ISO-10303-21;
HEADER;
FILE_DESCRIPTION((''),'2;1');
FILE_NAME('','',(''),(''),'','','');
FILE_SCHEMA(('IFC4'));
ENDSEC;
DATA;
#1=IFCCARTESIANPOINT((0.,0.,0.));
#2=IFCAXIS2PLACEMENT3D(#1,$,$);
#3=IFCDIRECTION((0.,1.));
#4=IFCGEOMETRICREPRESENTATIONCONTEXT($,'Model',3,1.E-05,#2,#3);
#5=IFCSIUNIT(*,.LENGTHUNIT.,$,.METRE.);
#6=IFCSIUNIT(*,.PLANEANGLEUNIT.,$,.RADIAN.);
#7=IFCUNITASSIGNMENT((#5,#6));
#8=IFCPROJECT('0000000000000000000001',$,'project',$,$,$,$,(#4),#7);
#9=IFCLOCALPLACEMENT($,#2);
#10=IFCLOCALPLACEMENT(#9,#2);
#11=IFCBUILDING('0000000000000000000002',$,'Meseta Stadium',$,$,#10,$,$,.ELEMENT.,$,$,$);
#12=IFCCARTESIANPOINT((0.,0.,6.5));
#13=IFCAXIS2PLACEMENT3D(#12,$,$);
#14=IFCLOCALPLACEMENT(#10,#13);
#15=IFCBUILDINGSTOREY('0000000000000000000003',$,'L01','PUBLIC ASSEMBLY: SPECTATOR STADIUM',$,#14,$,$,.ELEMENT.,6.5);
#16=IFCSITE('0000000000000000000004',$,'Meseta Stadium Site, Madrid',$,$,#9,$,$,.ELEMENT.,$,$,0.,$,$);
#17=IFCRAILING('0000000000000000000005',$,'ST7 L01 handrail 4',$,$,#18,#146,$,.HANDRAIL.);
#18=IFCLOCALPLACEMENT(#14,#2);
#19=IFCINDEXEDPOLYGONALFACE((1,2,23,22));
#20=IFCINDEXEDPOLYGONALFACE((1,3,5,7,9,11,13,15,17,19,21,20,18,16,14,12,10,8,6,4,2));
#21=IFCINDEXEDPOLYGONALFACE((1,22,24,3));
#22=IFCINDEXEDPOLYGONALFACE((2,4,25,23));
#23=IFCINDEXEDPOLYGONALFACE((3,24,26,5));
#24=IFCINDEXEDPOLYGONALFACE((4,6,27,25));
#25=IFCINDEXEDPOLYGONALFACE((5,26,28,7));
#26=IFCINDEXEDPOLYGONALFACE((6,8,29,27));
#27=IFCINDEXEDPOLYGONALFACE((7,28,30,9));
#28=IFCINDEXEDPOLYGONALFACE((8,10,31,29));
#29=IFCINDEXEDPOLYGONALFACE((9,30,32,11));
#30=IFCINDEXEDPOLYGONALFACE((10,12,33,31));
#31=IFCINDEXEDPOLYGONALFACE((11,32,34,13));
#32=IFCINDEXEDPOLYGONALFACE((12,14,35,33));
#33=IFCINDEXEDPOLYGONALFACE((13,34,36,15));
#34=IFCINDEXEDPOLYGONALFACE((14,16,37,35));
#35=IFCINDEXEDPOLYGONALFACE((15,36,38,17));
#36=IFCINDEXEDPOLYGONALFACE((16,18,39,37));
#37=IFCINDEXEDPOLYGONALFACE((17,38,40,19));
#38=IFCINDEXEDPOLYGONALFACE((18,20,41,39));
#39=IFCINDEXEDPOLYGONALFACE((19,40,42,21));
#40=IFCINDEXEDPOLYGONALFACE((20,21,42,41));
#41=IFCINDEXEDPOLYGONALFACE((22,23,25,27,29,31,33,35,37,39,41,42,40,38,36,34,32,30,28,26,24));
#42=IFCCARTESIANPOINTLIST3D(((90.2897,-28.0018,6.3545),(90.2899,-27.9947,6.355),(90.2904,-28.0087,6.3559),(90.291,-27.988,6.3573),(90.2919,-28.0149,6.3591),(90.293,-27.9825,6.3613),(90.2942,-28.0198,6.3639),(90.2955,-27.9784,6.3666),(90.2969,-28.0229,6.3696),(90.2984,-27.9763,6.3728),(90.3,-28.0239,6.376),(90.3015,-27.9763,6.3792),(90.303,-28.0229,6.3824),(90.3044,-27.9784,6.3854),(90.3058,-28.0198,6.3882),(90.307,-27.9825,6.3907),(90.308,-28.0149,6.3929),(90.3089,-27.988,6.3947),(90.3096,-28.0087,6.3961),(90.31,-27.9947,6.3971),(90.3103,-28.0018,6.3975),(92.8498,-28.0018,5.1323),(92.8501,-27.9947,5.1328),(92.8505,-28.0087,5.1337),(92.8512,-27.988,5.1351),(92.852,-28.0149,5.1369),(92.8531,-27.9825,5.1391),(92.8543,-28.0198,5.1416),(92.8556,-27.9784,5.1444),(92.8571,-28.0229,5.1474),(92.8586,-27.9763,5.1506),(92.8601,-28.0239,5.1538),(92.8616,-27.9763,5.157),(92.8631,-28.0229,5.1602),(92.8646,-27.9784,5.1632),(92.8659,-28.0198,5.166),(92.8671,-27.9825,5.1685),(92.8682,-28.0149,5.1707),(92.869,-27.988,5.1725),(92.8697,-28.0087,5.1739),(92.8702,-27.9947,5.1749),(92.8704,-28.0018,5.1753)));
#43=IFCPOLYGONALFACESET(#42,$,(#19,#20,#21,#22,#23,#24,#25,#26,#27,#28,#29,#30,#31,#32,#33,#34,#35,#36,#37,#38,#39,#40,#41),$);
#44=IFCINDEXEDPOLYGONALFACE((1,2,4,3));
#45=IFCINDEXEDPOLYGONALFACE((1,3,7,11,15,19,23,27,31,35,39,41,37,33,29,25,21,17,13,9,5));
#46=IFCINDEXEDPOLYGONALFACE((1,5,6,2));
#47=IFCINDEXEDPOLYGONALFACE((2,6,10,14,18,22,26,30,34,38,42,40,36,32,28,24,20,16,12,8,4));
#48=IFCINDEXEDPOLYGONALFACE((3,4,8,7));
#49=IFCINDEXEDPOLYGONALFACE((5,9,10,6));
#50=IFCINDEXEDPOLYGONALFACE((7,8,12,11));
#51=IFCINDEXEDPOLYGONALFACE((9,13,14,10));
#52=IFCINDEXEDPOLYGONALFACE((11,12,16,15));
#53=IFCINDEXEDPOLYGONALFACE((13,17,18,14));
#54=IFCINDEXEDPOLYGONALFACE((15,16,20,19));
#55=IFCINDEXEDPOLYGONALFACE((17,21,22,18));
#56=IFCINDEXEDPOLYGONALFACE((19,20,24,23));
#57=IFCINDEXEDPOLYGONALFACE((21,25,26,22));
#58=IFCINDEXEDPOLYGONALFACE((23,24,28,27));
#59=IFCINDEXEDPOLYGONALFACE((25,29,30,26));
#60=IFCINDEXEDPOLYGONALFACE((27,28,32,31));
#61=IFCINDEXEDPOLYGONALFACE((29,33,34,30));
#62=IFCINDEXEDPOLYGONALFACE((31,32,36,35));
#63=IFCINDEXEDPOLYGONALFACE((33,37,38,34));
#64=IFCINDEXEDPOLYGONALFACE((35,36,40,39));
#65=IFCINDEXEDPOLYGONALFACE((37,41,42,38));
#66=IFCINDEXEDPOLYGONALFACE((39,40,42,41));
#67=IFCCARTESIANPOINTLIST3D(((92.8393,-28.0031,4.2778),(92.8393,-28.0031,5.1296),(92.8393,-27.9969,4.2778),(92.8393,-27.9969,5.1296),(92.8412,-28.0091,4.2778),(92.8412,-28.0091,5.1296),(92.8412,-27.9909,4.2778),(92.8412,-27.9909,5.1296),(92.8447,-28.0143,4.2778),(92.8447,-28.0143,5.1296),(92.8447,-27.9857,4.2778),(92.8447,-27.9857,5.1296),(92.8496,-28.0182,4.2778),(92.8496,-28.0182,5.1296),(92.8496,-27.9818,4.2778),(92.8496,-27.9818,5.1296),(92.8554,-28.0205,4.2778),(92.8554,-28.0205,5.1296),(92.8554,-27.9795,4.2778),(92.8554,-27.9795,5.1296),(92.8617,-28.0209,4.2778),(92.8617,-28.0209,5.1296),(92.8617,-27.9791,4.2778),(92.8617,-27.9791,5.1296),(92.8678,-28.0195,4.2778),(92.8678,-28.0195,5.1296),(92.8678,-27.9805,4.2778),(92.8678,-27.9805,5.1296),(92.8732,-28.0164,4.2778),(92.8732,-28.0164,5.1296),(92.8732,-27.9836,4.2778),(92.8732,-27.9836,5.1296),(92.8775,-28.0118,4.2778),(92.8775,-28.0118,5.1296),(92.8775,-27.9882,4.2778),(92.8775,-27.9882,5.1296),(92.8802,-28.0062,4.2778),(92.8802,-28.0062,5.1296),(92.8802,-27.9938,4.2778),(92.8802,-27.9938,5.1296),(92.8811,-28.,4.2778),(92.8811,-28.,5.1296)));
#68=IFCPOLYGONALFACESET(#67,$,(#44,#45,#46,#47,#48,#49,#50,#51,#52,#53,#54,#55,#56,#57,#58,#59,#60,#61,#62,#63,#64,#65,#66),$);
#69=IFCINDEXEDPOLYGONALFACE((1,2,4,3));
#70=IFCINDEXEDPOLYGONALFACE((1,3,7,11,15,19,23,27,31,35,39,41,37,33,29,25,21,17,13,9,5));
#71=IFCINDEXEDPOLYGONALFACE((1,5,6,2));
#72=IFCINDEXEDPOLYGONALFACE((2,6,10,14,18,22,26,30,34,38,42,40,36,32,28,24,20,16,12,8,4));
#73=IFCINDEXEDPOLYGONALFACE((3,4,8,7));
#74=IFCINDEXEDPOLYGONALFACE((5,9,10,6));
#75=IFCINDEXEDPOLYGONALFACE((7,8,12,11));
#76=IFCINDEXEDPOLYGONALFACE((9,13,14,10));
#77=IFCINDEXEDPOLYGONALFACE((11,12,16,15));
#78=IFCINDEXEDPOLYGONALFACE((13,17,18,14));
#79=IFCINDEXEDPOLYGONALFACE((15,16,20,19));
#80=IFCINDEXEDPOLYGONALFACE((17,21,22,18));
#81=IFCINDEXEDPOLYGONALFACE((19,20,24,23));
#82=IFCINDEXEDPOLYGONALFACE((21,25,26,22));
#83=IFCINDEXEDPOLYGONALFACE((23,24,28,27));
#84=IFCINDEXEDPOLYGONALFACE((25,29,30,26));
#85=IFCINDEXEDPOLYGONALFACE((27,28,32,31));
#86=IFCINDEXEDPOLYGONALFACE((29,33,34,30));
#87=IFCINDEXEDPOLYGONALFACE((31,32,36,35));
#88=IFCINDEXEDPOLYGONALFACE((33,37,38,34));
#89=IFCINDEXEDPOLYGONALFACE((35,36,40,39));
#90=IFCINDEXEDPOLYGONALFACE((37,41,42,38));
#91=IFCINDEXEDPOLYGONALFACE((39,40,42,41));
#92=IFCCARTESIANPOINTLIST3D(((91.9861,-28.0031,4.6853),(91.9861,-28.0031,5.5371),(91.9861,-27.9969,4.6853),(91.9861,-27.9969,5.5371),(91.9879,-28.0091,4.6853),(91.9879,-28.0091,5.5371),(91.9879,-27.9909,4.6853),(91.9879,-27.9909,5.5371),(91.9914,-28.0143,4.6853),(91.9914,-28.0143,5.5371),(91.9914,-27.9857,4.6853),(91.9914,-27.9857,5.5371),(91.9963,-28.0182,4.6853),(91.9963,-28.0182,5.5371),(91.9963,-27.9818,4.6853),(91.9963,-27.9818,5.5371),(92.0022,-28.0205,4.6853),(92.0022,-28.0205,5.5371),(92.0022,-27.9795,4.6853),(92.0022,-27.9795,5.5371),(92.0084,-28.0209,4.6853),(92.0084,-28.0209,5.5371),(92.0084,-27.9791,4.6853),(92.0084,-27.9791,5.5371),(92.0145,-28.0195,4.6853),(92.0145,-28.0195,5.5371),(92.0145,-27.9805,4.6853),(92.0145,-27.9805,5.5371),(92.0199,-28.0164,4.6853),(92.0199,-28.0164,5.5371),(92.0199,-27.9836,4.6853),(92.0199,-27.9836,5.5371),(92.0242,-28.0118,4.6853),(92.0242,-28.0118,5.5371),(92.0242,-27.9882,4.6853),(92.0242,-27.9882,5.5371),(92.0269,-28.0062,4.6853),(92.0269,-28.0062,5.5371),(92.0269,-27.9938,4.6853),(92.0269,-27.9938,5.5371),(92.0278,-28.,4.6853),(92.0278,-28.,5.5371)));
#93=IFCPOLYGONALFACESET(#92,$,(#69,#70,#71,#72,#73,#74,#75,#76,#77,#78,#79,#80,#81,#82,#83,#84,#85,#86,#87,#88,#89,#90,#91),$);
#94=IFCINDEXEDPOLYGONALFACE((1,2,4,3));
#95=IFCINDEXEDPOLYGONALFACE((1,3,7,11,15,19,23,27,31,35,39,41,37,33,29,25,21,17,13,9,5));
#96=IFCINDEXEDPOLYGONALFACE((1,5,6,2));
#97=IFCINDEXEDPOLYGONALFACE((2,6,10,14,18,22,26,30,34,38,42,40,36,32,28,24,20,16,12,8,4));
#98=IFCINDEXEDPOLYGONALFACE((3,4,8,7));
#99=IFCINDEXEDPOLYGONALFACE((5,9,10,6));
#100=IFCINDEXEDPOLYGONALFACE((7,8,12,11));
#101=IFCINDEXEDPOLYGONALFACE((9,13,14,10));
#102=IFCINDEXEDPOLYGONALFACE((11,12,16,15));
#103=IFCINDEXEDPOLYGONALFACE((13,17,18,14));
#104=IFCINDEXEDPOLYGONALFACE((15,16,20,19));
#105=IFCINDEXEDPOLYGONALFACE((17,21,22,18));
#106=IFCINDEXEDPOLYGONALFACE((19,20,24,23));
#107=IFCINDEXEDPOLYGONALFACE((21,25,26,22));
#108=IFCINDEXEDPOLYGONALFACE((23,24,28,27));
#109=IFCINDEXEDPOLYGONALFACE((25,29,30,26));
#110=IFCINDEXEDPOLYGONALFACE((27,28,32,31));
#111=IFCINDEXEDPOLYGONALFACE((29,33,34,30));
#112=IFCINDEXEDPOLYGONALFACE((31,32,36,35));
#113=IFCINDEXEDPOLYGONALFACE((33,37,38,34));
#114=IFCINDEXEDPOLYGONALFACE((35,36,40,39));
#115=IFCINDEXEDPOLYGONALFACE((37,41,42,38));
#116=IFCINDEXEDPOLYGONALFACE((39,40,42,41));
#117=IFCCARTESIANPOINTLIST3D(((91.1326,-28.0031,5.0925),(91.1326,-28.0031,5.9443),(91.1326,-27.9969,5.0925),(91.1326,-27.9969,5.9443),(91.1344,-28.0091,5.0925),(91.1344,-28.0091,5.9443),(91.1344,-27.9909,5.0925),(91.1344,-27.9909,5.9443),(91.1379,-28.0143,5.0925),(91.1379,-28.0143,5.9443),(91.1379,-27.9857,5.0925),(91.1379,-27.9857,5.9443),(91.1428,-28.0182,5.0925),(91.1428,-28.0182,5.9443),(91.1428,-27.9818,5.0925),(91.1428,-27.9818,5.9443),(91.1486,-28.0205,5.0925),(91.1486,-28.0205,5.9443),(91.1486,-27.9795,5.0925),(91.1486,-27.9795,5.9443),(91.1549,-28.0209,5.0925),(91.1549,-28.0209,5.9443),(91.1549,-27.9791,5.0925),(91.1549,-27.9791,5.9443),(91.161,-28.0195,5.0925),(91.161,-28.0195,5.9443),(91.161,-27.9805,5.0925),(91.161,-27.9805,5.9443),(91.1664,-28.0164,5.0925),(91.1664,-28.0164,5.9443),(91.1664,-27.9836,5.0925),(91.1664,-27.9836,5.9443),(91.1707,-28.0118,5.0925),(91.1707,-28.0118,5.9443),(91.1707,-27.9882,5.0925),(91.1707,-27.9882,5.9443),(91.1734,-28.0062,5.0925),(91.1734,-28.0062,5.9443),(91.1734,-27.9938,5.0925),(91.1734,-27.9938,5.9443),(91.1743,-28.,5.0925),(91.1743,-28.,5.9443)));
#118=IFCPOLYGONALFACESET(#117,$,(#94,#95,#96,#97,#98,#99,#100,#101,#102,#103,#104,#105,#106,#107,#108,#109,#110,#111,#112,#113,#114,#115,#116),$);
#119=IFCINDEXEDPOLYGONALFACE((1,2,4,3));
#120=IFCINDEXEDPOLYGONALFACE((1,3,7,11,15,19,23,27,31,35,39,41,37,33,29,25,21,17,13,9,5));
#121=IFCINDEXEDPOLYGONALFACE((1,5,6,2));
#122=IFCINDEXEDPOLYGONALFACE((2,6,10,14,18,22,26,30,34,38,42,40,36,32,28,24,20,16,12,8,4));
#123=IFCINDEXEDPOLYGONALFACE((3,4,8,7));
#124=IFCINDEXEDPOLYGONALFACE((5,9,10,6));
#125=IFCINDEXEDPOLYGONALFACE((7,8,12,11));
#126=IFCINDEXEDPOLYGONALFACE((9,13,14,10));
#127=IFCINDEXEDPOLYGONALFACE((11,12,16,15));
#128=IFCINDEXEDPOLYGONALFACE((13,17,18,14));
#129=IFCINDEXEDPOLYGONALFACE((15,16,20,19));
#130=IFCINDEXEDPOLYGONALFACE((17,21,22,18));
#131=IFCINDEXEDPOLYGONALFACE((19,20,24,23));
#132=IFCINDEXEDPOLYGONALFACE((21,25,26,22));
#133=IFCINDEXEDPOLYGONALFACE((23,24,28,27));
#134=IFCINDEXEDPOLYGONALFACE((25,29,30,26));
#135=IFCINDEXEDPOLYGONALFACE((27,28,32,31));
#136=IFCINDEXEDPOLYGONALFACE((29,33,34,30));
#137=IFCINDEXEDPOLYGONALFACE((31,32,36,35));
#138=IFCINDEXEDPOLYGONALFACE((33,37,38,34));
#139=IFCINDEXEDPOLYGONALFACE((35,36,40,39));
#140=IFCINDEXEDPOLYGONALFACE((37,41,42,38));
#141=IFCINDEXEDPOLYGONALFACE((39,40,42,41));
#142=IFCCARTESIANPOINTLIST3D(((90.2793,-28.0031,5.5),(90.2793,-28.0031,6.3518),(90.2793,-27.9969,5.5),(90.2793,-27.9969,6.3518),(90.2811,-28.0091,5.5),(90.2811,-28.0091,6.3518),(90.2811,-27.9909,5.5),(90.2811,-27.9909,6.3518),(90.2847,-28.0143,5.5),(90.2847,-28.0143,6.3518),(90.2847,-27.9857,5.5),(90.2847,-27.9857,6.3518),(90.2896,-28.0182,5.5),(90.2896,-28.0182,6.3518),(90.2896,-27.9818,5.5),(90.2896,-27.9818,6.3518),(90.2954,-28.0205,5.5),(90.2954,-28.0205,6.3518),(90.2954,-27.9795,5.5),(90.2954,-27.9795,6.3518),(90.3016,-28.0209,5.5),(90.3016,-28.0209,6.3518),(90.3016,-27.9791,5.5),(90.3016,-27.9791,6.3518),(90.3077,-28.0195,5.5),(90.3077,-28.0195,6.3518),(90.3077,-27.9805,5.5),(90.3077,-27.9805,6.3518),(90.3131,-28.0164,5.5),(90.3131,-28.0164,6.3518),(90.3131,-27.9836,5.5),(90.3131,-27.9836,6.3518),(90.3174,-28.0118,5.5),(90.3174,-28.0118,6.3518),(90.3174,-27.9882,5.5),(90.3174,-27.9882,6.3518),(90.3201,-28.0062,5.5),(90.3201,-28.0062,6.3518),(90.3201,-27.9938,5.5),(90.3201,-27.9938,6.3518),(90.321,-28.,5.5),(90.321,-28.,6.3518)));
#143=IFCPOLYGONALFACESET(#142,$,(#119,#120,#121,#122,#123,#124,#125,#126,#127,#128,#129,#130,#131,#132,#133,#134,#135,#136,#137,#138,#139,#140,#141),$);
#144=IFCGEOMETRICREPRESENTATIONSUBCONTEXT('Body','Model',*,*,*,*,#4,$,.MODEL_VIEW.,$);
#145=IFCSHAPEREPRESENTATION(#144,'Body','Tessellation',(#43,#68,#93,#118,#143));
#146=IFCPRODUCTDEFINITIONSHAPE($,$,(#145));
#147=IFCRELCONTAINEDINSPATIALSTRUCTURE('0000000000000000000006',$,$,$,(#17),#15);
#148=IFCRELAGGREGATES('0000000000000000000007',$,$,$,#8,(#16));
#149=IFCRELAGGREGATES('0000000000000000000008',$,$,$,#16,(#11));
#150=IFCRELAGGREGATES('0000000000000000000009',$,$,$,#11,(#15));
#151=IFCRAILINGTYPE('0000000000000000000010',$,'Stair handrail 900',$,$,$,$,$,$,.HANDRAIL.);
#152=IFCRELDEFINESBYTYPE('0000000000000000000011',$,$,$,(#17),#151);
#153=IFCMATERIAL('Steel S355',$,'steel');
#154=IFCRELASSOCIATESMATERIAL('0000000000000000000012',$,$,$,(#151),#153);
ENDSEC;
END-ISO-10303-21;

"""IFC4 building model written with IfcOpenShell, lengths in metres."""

from ifc_helpers import new_model, si_unit, direction, frame, origin, origin_2d, place, context, subcontext, project, spatial, circle, extrude, material, type_object, element, save


model = new_model("IFC4")

# Units and contexts
model_context = context("Model", 3, precision=1e-05, world=origin(), true_north=direction((0.0, 1.0)))
body_context = subcontext(model_context, "Body", "Model", "MODEL_VIEW")
ifc_project = project(units=[si_unit("LENGTHUNIT", "METRE"), si_unit("PLANEANGLEUNIT", "RADIAN")], contexts=[model_context])

# Site, building, storey
site_placement = place(None, origin())
site = spatial("IfcSite", under=ifc_project, at=site_placement, Name="Meseta Stadium Site, Madrid", CompositionType="ELEMENT", RefElevation=0.0)
building_placement = place(site_placement, origin())
building = spatial("IfcBuilding", under=site, at=building_placement, Name="Meseta Stadium", CompositionType="ELEMENT")
storey_placement = place(building_placement, frame((0.0, 0.0, 6.5)))
storey = spatial("IfcBuildingStorey", under=building, at=storey_placement, Name="L01", Description="PUBLIC ASSEMBLY: SPECTATOR STADIUM", CompositionType="ELEMENT", Elevation=6.5)

# Railing
ifc_material_1 = material(Name="Steel S355", Category="steel")
railing_type_1 = type_object("IfcRailingType", Name="Stair handrail 900", PredefinedType="HANDRAIL", material=ifc_material_1)
for number, where, name in (
    (1, (92.8601, -28.0, 4.2778), "ST7 L01 handrail 4"),
):
    element("IfcRailing", number, at=place(storey_placement, frame(where)), inside=storey, type_object=railing_type_1, Name=name, PredefinedType="HANDRAIL", context=body_context, shape_type="SweptSolid", body=[
        extrude(circle(Radius=0.0239, at=origin_2d()), frame((0.0, 0.0, 0.876), z_axis=(-0.902437, 0.0, 0.430822), x_axis=(0.0, -1.0, 0.0)), (0.0, 0.0, 1.0), 2.8369),
        extrude(circle(Radius=0.021, at=origin_2d()), origin(), (0.0, 0.0, 1.0), 0.8518),
        extrude(circle(Radius=0.021, at=origin_2d()), frame((-0.8533, 0.0, 0.4075)), (0.0, 0.0, 1.0), 0.8518),
        extrude(circle(Radius=0.021, at=origin_2d()), frame((-1.7068, 0.0, 0.8147)), (0.0, 0.0, 1.0), 0.8518),
        extrude(circle(Radius=0.021, at=origin_2d()), frame((-2.5601, 0.0, 1.2222)), (0.0, 0.0, 1.0), 0.8518),
    ])

save(model, "model.ifc")
